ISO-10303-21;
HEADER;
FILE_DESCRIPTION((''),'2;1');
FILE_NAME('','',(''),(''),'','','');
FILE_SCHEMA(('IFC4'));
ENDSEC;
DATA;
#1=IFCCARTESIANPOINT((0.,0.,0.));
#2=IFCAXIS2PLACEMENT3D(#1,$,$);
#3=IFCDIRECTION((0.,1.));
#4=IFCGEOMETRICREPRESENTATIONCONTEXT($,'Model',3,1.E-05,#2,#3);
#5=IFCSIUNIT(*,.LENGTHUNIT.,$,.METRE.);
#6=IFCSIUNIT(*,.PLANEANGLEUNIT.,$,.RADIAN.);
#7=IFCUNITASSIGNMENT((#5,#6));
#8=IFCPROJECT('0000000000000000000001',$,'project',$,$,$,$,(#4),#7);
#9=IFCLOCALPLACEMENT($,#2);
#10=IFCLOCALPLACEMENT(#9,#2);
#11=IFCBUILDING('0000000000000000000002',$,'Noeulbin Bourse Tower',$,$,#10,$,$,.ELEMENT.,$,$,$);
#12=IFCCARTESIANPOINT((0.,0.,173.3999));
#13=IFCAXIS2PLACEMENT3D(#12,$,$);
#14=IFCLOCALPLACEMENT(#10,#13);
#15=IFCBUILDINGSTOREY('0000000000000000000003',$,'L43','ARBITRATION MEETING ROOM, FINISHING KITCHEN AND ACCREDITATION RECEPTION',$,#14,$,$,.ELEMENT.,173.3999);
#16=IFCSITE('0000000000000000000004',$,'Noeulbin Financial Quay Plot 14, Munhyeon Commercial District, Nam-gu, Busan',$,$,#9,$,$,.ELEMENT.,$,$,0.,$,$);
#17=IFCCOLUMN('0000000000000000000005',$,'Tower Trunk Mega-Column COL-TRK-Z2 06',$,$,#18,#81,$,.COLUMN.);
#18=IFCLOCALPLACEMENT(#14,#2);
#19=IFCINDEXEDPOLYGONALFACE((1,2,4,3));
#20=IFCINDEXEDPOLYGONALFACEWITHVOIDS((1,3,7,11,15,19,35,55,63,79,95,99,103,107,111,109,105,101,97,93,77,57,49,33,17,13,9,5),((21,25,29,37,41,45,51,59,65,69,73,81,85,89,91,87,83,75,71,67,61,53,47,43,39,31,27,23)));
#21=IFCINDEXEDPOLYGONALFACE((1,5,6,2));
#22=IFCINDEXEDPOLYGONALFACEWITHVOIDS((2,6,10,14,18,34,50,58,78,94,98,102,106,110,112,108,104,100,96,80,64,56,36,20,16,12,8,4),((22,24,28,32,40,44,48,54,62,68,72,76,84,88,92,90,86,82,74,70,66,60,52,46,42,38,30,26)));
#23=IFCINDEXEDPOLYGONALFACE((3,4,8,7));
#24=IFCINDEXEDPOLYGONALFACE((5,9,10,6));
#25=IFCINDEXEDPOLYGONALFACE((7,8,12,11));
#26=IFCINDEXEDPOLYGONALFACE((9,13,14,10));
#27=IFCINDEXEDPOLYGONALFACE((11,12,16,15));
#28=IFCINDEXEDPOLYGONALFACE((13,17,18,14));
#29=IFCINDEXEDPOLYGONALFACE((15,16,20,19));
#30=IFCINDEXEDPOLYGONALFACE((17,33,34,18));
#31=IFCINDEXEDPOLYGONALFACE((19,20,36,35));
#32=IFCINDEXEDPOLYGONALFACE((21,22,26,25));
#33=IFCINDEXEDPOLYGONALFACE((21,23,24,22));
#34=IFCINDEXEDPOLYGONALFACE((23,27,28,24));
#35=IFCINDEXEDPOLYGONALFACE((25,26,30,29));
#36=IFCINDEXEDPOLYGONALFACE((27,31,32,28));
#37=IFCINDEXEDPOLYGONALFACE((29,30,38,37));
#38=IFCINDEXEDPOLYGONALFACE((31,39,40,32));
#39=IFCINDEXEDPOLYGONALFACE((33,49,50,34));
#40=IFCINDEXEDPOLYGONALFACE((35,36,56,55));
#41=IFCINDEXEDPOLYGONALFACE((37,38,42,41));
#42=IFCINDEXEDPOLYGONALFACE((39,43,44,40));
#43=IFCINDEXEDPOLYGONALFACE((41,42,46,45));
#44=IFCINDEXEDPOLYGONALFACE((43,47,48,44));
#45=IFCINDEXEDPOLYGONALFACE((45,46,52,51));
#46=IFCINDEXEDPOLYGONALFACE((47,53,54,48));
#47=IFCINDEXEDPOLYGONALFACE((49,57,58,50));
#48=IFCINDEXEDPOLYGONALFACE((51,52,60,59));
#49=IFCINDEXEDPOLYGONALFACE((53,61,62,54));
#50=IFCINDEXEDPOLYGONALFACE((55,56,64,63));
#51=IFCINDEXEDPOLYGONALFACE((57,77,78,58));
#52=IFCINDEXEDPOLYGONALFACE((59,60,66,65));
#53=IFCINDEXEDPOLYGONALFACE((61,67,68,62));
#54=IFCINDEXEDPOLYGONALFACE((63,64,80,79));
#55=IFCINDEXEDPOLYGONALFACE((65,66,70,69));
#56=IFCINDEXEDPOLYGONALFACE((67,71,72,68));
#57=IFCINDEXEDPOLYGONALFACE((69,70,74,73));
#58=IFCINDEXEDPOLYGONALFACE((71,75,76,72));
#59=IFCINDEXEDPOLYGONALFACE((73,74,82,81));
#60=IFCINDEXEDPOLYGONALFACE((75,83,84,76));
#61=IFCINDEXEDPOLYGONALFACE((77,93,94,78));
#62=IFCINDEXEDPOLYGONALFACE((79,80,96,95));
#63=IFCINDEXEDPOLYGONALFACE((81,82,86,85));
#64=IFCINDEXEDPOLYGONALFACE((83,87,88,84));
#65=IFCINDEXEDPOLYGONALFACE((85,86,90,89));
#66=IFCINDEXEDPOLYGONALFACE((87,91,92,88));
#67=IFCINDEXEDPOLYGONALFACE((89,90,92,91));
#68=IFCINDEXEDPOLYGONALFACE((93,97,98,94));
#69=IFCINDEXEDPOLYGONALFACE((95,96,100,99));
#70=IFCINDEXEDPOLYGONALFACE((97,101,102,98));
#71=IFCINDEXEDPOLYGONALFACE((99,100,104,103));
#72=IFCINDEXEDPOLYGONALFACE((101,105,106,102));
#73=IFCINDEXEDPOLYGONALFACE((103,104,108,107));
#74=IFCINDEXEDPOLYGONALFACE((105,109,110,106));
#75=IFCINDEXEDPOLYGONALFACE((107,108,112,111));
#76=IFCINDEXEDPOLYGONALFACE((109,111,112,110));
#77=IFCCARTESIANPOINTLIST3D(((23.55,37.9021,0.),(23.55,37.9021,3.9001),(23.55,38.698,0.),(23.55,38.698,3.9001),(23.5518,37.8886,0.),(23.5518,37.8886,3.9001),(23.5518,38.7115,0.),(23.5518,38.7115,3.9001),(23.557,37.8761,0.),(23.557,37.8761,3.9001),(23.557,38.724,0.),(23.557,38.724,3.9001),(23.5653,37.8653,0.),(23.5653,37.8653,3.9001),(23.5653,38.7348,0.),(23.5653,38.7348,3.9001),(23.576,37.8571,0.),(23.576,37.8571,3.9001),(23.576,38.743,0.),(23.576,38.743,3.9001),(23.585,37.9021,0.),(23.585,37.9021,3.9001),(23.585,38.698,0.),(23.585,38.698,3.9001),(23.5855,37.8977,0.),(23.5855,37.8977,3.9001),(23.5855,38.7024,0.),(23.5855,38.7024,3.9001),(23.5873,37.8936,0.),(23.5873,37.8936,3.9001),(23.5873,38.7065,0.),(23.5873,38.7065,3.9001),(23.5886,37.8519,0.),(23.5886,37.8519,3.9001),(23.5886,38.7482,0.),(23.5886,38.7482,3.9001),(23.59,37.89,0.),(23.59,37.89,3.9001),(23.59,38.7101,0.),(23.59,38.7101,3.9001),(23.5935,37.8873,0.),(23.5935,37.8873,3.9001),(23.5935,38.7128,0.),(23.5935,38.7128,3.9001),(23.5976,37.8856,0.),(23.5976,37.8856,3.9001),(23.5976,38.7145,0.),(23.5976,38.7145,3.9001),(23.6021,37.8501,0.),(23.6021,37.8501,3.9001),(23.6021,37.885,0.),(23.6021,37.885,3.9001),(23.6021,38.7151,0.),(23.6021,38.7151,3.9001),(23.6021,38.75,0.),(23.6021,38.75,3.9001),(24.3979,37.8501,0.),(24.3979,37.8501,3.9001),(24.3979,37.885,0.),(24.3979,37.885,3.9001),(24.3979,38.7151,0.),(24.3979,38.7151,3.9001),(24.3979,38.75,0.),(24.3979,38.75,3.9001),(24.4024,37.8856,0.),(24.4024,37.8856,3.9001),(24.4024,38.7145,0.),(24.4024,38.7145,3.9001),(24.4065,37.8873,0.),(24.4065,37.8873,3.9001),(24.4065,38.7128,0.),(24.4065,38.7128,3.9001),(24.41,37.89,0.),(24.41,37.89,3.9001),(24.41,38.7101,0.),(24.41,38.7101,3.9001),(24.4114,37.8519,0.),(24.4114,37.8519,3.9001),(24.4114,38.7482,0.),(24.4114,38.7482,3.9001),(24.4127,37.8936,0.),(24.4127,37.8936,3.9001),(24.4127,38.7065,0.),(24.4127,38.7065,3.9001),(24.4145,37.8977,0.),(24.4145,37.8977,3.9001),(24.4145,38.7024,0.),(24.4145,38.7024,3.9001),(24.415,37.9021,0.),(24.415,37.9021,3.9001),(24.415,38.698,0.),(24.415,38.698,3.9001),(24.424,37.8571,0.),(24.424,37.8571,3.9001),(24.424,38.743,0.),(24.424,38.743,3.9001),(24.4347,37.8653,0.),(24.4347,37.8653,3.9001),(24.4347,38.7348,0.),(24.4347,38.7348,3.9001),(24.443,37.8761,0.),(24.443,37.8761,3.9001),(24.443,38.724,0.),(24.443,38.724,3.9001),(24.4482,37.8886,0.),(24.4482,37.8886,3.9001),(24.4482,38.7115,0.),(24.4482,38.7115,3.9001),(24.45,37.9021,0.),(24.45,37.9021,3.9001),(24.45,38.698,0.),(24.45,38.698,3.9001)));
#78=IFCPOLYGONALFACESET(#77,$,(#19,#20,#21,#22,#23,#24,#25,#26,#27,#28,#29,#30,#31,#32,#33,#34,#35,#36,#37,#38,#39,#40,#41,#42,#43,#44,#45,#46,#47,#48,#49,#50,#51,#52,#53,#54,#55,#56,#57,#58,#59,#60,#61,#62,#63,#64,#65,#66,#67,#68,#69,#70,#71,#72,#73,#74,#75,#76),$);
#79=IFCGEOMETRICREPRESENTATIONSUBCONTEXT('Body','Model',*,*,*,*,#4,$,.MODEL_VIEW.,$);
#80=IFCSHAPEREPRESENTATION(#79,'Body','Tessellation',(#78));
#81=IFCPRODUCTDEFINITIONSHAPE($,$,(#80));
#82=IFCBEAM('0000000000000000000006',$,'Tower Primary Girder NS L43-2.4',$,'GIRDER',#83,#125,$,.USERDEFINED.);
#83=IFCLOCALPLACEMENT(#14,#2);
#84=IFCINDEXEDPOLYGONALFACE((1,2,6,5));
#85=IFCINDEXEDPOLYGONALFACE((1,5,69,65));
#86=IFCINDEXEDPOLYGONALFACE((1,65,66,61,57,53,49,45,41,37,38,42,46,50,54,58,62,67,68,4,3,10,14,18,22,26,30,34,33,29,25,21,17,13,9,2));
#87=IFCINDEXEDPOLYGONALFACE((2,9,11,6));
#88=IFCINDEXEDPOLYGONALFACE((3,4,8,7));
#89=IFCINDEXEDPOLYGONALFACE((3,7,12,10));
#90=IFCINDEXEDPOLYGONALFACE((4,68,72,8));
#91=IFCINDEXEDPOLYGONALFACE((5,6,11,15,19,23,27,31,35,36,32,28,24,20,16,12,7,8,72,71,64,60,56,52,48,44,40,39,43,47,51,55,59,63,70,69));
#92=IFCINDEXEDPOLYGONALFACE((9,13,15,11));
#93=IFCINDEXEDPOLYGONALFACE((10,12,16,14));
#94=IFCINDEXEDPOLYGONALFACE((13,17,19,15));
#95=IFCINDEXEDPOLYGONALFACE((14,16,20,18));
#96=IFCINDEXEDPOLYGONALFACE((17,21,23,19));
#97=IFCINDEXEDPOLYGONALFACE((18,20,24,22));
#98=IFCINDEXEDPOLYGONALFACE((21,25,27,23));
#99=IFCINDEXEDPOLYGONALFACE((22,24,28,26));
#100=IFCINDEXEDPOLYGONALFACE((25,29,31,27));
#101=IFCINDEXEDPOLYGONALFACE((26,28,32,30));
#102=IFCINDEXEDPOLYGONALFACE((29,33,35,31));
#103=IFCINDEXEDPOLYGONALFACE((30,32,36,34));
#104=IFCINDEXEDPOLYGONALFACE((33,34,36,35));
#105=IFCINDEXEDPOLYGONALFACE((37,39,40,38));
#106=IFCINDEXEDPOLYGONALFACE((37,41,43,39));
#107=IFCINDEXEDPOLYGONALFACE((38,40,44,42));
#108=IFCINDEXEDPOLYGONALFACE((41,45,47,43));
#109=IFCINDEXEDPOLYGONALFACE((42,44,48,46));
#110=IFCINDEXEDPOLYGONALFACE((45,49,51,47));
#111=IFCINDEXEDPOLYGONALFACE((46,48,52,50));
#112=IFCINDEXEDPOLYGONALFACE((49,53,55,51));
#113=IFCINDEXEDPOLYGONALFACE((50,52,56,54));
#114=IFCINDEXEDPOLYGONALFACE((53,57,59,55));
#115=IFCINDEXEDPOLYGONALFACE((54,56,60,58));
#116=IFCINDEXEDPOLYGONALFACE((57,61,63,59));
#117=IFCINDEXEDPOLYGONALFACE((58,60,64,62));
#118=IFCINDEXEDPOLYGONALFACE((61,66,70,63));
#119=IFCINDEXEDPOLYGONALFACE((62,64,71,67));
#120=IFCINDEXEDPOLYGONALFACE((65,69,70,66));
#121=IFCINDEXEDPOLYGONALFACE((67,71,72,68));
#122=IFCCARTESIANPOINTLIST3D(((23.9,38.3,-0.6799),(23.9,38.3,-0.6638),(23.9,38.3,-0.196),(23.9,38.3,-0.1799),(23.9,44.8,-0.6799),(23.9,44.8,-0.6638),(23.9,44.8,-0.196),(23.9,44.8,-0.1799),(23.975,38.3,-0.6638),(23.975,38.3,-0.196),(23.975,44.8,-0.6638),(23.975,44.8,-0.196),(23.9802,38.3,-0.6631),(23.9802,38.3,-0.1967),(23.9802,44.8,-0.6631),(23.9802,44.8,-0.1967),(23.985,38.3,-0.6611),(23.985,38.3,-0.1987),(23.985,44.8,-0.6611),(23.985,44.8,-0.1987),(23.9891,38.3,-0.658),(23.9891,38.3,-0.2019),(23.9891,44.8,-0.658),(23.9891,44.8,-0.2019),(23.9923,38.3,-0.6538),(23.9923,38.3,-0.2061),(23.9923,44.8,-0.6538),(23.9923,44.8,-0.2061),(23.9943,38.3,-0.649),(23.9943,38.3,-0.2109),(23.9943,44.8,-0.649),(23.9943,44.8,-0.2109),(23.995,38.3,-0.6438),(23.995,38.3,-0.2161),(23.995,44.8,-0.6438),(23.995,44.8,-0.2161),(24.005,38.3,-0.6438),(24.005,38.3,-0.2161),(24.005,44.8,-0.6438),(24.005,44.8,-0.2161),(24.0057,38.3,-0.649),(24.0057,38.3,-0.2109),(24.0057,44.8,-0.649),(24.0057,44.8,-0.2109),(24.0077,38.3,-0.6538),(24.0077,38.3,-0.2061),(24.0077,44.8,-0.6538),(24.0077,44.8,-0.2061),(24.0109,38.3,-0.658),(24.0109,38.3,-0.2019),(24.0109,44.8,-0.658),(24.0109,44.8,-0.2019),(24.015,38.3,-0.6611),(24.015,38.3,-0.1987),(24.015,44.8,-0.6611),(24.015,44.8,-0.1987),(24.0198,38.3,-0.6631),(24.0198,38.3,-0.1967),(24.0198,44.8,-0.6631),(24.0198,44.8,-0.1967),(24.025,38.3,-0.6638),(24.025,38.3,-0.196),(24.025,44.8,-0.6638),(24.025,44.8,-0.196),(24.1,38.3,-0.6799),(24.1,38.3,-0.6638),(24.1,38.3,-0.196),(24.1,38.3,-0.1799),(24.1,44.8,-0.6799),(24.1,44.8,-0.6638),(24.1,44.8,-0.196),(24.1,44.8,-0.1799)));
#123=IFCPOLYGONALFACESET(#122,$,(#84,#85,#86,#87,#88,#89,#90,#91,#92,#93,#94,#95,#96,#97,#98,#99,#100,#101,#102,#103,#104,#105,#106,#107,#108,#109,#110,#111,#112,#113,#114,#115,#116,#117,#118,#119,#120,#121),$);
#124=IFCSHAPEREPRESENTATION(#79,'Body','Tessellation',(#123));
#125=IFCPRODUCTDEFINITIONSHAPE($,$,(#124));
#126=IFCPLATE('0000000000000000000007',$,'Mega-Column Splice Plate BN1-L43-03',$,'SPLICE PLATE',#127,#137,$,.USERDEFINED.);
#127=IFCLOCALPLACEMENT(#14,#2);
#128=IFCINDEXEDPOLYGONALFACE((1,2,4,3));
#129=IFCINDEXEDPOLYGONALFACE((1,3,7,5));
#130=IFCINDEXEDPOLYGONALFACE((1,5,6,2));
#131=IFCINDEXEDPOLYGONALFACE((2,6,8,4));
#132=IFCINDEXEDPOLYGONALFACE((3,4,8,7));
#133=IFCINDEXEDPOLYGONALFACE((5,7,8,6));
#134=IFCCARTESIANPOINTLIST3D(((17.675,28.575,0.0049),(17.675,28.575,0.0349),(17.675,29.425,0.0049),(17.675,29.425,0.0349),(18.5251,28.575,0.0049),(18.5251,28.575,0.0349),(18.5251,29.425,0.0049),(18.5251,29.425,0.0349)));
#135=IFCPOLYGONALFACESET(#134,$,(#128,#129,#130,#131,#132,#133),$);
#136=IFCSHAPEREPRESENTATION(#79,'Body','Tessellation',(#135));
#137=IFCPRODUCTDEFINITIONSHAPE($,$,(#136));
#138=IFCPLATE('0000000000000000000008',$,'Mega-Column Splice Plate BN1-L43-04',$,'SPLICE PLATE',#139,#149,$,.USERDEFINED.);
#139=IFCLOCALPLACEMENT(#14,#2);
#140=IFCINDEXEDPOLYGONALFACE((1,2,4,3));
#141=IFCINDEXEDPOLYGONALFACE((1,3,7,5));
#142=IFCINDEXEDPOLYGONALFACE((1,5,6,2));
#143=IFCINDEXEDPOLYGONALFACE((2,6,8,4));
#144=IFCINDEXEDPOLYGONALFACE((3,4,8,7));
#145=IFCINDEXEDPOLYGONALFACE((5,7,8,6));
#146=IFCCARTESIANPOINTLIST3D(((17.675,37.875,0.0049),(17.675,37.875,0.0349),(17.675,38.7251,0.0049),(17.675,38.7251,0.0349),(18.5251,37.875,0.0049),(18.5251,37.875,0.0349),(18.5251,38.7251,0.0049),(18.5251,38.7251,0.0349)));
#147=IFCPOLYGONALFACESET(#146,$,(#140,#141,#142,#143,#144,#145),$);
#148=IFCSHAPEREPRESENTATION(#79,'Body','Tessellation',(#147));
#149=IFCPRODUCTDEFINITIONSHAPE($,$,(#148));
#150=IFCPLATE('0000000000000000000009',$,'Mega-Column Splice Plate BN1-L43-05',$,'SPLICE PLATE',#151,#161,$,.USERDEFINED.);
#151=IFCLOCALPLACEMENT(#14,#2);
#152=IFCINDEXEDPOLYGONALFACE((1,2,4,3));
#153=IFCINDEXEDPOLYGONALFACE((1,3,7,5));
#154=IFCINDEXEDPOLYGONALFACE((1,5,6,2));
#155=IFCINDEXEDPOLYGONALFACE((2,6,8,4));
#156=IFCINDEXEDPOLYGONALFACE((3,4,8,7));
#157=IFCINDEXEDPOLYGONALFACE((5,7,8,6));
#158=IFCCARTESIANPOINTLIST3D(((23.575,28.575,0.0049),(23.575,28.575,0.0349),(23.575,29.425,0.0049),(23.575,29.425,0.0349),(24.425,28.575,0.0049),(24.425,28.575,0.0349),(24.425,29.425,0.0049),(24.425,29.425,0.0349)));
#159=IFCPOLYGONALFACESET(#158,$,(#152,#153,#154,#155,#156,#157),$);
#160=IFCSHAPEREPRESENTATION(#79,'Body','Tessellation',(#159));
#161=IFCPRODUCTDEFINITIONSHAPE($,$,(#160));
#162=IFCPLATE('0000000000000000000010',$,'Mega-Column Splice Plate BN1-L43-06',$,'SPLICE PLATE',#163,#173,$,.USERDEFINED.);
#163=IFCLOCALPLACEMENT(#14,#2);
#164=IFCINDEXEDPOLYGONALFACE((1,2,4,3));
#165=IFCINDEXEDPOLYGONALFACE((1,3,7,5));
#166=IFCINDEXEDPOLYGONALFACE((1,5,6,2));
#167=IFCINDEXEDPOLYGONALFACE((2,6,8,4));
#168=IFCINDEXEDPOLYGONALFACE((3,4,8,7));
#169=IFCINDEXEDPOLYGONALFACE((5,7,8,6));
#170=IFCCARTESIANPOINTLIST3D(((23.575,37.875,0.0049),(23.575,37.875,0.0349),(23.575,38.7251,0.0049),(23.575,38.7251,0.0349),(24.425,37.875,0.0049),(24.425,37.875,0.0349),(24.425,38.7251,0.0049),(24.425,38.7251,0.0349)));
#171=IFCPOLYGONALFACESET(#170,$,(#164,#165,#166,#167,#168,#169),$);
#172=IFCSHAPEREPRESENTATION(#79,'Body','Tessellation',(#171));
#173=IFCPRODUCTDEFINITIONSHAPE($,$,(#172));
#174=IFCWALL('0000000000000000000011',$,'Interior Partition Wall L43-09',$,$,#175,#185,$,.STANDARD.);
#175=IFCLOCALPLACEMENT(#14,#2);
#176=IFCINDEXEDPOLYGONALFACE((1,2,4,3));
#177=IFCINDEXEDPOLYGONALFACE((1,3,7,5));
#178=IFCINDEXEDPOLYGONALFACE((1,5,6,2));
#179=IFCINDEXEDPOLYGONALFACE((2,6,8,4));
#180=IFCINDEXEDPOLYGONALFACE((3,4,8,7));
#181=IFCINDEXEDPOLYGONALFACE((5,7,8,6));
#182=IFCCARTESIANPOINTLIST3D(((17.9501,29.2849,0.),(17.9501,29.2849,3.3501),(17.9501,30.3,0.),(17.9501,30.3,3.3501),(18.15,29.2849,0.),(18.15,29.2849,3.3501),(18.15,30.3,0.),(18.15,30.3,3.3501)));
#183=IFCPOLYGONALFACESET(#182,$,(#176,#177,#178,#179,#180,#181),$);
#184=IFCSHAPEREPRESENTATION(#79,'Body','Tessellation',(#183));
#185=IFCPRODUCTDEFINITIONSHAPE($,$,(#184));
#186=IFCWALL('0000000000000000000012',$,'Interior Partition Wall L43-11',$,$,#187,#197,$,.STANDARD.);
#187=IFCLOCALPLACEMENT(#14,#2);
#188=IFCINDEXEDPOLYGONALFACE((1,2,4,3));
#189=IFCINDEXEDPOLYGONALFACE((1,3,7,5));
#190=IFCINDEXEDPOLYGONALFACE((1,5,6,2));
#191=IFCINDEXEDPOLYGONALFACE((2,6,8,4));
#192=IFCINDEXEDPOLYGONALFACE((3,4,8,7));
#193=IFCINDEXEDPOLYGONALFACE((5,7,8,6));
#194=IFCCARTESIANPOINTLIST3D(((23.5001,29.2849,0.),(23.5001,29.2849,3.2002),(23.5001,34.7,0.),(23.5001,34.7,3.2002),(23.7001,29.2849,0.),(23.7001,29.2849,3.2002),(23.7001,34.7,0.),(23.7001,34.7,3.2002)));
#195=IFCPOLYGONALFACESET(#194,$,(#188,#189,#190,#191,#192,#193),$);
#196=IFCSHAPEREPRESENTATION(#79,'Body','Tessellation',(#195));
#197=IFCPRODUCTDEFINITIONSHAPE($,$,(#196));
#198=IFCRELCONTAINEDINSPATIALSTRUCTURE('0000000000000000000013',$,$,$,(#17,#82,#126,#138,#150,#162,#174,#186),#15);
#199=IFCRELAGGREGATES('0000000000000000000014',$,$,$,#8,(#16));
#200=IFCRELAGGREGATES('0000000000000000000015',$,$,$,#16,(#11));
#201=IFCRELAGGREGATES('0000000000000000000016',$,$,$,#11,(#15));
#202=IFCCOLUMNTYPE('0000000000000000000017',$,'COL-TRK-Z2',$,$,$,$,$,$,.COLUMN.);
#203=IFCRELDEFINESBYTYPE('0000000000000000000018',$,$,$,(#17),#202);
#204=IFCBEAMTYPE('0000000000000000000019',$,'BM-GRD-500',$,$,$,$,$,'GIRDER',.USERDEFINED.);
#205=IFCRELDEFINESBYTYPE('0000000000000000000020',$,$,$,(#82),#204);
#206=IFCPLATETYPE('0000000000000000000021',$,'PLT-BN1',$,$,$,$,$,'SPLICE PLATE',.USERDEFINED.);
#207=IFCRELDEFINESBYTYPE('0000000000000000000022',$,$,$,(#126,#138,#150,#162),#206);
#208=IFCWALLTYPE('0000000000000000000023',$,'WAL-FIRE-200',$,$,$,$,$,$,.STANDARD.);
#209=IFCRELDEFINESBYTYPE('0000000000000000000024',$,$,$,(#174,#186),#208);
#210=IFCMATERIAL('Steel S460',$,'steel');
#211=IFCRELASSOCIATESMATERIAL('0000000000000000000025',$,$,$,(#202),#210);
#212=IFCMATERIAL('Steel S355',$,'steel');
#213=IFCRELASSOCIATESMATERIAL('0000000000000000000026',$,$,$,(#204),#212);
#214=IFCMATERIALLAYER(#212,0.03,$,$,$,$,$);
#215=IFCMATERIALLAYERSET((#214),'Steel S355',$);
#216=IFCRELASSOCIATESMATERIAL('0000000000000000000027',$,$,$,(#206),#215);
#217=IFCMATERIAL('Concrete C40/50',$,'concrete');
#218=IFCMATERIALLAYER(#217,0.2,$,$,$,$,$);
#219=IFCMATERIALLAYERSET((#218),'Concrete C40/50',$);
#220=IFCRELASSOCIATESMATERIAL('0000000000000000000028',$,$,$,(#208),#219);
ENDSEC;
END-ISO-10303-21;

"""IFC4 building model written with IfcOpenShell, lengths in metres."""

from ifc_helpers import new_model, si_unit, direction, frame, frame_2d, origin, origin_2d, place, context, subcontext, project, spatial, rectangle, hollow_rectangle, i_section, extrude, material, layer, layer_set, material_profile, profile_set, type_object, element, save


model = new_model("IFC4")

# Units and contexts
model_context = context("Model", 3, precision=1e-05, world=origin(), true_north=direction((0.0, 1.0)))
body_context = subcontext(model_context, "Body", "Model", "MODEL_VIEW")
ifc_project = project(units=[si_unit("LENGTHUNIT", "METRE"), si_unit("PLANEANGLEUNIT", "RADIAN")], contexts=[model_context])

# Site, building, storey
site_placement = place(None, origin())
site = spatial("IfcSite", under=ifc_project, at=site_placement, Name="Noeulbin Financial Quay Plot 14, Munhyeon Commercial District, Nam-gu, Busan", CompositionType="ELEMENT", RefElevation=0.0)
building_placement = place(site_placement, origin())
building = spatial("IfcBuilding", under=site, at=building_placement, Name="Noeulbin Bourse Tower", CompositionType="ELEMENT")
storey_placement = place(building_placement, frame((0.0, 0.0, 173.3999)))
storey = spatial("IfcBuildingStorey", under=building, at=storey_placement, Name="L43", Description="ARBITRATION MEETING ROOM, FINISHING KITCHEN AND ACCREDITATION RECEPTION", CompositionType="ELEMENT", Elevation=173.3999)

# Column
ifc_material_1 = material(Name="Steel S460", Category="steel")
ifc_material_profile_1 = material_profile(ifc_material_1, hollow_rectangle(XDim=0.8999, YDim=0.8999, WallThickness=0.0349, InnerFilletRadius=0.0171, OuterFilletRadius=0.052, at=origin_2d()), Name="BOX-900x900x35", Category="LoadBearing")
ifc_profile_set_1 = profile_set([ifc_material_profile_1], Name="Steel S460")
column_type = type_object("IfcColumnType", Name="COL-TRK-Z2", PredefinedType="COLUMN", material=ifc_profile_set_1)
for number, where, z_axis, x_axis, name in (
    (1, (24.0, 38.3, 0.0), (0.0, 0.0, 1.0), (1.0, 0.0, 0.0), "Tower Trunk Mega-Column COL-TRK-Z2 06"),
):
    element("IfcColumn", number, at=place(storey_placement, frame(where, z_axis=z_axis, x_axis=x_axis)), inside=storey, type_object=column_type, Name=name, PredefinedType="COLUMN", context=body_context, shape_type="SweptSolid", body=[
        extrude(hollow_rectangle(XDim=0.8999, YDim=0.8999, WallThickness=0.0349, InnerFilletRadius=0.0171, OuterFilletRadius=0.052, at=origin_2d()), origin(), (0.0, 0.0, 1.0), 3.9001),
    ])

# Beam
ifc_material_2 = material(Name="Steel S355", Category="steel")
ifc_material_profile_2 = material_profile(ifc_material_2, i_section(OverallWidth=0.2, OverallDepth=0.5, WebThickness=0.01, FlangeThickness=0.0161, FilletRadius=0.02, at=origin_2d()), Name="H-500x200x10x16", Category="LoadBearing")
ifc_profile_set_2 = profile_set([ifc_material_profile_2], Name="Steel S355")
beam_type = type_object("IfcBeamType", Name="BM-GRD-500", ElementType="GIRDER", PredefinedType="USERDEFINED", material=ifc_profile_set_2)
beam_placement = place(storey_placement, frame((24.0, 38.3, -0.4299), z_axis=(0.0, 1.0, 0.0), x_axis=(-1.0, 0.0, 0.0)))
element("IfcBeam", 2, at=beam_placement, inside=storey, type_object=beam_type, Name="Tower Primary Girder NS L43-2.4", ObjectType="GIRDER", PredefinedType="USERDEFINED", context=body_context, shape_type="SweptSolid", body=[
    extrude(i_section(OverallWidth=0.2, OverallDepth=0.5, WebThickness=0.01, FlangeThickness=0.0161, FilletRadius=0.02, at=origin_2d()), origin(), (0.0, 0.0, 1.0), 6.5),
])

# Plates
ifc_layer_1 = layer(ifc_material_2, 0.03)
ifc_layer_set_1 = layer_set([ifc_layer_1], Name="Steel S355")
plate_type = type_object("IfcPlateType", Name="PLT-BN1", ElementType="SPLICE PLATE", PredefinedType="USERDEFINED", material=ifc_layer_set_1)
for number, where, z_axis, x_axis, name in (
    (3, (18.1001, 29.0, 0.0049), (0.0, 0.0, 1.0), (1.0, 0.0, 0.0), "Mega-Column Splice Plate BN1-L43-03"),
    (4, (18.1001, 38.3, 0.0049), (0.0, 0.0, 1.0), (1.0, 0.0, 0.0), "Mega-Column Splice Plate BN1-L43-04"),
    (5, (24.0, 29.0, 0.0049), (0.0, 0.0, 1.0), (1.0, 0.0, 0.0), "Mega-Column Splice Plate BN1-L43-05"),
    (6, (24.0, 38.3, 0.0049), (0.0, 0.0, 1.0), (1.0, 0.0, 0.0), "Mega-Column Splice Plate BN1-L43-06"),
):
    element("IfcPlate", number, at=place(storey_placement, frame(where, z_axis=z_axis, x_axis=x_axis)), inside=storey, type_object=plate_type, Name=name, ObjectType="SPLICE PLATE", PredefinedType="USERDEFINED", context=body_context, shape_type="SweptSolid", body=[
        extrude(rectangle(XDim=0.8501, YDim=0.8501, at=origin_2d()), origin(), (0.0, 0.0, 1.0), 0.03),
    ])

# Walls
ifc_material_3 = material(Name="Concrete C40/50", Category="concrete")
ifc_layer_2 = layer(ifc_material_3, 0.2)
ifc_layer_set_2 = layer_set([ifc_layer_2], Name="Concrete C40/50")
wall_type_1 = type_object("IfcWallType", Name="WAL-FIRE-200", PredefinedType="STANDARD", material=ifc_layer_set_2)
wall_1_placement = place(storey_placement, frame((18.05, 29.2849, 0.0), z_axis=(0.0, 0.0, 1.0), x_axis=(0.0, 1.0, 0.0)))
element("IfcWall", 7, at=wall_1_placement, inside=storey, type_object=wall_type_1, Name="Interior Partition Wall L43-09", PredefinedType="STANDARD", context=body_context, shape_type="SweptSolid", body=[
    extrude(rectangle(XDim=1.0151, YDim=0.2, at=frame_2d((0.5076, 0.0))), origin(), (0.0, 0.0, 1.0), 3.3501),
])
wall_2_placement = place(storey_placement, frame((23.6001, 29.2849, 0.0), z_axis=(0.0, 0.0, 1.0), x_axis=(0.0, 1.0, 0.0)))
element("IfcWall", 8, at=wall_2_placement, inside=storey, type_object=wall_type_1, Name="Interior Partition Wall L43-11", PredefinedType="STANDARD", context=body_context, shape_type="SweptSolid", body=[
    extrude(rectangle(XDim=5.415, YDim=0.2, at=frame_2d((2.7075, 0.0))), origin(), (0.0, 0.0, 1.0), 3.2002),
])

save(model, "model.ifc")
